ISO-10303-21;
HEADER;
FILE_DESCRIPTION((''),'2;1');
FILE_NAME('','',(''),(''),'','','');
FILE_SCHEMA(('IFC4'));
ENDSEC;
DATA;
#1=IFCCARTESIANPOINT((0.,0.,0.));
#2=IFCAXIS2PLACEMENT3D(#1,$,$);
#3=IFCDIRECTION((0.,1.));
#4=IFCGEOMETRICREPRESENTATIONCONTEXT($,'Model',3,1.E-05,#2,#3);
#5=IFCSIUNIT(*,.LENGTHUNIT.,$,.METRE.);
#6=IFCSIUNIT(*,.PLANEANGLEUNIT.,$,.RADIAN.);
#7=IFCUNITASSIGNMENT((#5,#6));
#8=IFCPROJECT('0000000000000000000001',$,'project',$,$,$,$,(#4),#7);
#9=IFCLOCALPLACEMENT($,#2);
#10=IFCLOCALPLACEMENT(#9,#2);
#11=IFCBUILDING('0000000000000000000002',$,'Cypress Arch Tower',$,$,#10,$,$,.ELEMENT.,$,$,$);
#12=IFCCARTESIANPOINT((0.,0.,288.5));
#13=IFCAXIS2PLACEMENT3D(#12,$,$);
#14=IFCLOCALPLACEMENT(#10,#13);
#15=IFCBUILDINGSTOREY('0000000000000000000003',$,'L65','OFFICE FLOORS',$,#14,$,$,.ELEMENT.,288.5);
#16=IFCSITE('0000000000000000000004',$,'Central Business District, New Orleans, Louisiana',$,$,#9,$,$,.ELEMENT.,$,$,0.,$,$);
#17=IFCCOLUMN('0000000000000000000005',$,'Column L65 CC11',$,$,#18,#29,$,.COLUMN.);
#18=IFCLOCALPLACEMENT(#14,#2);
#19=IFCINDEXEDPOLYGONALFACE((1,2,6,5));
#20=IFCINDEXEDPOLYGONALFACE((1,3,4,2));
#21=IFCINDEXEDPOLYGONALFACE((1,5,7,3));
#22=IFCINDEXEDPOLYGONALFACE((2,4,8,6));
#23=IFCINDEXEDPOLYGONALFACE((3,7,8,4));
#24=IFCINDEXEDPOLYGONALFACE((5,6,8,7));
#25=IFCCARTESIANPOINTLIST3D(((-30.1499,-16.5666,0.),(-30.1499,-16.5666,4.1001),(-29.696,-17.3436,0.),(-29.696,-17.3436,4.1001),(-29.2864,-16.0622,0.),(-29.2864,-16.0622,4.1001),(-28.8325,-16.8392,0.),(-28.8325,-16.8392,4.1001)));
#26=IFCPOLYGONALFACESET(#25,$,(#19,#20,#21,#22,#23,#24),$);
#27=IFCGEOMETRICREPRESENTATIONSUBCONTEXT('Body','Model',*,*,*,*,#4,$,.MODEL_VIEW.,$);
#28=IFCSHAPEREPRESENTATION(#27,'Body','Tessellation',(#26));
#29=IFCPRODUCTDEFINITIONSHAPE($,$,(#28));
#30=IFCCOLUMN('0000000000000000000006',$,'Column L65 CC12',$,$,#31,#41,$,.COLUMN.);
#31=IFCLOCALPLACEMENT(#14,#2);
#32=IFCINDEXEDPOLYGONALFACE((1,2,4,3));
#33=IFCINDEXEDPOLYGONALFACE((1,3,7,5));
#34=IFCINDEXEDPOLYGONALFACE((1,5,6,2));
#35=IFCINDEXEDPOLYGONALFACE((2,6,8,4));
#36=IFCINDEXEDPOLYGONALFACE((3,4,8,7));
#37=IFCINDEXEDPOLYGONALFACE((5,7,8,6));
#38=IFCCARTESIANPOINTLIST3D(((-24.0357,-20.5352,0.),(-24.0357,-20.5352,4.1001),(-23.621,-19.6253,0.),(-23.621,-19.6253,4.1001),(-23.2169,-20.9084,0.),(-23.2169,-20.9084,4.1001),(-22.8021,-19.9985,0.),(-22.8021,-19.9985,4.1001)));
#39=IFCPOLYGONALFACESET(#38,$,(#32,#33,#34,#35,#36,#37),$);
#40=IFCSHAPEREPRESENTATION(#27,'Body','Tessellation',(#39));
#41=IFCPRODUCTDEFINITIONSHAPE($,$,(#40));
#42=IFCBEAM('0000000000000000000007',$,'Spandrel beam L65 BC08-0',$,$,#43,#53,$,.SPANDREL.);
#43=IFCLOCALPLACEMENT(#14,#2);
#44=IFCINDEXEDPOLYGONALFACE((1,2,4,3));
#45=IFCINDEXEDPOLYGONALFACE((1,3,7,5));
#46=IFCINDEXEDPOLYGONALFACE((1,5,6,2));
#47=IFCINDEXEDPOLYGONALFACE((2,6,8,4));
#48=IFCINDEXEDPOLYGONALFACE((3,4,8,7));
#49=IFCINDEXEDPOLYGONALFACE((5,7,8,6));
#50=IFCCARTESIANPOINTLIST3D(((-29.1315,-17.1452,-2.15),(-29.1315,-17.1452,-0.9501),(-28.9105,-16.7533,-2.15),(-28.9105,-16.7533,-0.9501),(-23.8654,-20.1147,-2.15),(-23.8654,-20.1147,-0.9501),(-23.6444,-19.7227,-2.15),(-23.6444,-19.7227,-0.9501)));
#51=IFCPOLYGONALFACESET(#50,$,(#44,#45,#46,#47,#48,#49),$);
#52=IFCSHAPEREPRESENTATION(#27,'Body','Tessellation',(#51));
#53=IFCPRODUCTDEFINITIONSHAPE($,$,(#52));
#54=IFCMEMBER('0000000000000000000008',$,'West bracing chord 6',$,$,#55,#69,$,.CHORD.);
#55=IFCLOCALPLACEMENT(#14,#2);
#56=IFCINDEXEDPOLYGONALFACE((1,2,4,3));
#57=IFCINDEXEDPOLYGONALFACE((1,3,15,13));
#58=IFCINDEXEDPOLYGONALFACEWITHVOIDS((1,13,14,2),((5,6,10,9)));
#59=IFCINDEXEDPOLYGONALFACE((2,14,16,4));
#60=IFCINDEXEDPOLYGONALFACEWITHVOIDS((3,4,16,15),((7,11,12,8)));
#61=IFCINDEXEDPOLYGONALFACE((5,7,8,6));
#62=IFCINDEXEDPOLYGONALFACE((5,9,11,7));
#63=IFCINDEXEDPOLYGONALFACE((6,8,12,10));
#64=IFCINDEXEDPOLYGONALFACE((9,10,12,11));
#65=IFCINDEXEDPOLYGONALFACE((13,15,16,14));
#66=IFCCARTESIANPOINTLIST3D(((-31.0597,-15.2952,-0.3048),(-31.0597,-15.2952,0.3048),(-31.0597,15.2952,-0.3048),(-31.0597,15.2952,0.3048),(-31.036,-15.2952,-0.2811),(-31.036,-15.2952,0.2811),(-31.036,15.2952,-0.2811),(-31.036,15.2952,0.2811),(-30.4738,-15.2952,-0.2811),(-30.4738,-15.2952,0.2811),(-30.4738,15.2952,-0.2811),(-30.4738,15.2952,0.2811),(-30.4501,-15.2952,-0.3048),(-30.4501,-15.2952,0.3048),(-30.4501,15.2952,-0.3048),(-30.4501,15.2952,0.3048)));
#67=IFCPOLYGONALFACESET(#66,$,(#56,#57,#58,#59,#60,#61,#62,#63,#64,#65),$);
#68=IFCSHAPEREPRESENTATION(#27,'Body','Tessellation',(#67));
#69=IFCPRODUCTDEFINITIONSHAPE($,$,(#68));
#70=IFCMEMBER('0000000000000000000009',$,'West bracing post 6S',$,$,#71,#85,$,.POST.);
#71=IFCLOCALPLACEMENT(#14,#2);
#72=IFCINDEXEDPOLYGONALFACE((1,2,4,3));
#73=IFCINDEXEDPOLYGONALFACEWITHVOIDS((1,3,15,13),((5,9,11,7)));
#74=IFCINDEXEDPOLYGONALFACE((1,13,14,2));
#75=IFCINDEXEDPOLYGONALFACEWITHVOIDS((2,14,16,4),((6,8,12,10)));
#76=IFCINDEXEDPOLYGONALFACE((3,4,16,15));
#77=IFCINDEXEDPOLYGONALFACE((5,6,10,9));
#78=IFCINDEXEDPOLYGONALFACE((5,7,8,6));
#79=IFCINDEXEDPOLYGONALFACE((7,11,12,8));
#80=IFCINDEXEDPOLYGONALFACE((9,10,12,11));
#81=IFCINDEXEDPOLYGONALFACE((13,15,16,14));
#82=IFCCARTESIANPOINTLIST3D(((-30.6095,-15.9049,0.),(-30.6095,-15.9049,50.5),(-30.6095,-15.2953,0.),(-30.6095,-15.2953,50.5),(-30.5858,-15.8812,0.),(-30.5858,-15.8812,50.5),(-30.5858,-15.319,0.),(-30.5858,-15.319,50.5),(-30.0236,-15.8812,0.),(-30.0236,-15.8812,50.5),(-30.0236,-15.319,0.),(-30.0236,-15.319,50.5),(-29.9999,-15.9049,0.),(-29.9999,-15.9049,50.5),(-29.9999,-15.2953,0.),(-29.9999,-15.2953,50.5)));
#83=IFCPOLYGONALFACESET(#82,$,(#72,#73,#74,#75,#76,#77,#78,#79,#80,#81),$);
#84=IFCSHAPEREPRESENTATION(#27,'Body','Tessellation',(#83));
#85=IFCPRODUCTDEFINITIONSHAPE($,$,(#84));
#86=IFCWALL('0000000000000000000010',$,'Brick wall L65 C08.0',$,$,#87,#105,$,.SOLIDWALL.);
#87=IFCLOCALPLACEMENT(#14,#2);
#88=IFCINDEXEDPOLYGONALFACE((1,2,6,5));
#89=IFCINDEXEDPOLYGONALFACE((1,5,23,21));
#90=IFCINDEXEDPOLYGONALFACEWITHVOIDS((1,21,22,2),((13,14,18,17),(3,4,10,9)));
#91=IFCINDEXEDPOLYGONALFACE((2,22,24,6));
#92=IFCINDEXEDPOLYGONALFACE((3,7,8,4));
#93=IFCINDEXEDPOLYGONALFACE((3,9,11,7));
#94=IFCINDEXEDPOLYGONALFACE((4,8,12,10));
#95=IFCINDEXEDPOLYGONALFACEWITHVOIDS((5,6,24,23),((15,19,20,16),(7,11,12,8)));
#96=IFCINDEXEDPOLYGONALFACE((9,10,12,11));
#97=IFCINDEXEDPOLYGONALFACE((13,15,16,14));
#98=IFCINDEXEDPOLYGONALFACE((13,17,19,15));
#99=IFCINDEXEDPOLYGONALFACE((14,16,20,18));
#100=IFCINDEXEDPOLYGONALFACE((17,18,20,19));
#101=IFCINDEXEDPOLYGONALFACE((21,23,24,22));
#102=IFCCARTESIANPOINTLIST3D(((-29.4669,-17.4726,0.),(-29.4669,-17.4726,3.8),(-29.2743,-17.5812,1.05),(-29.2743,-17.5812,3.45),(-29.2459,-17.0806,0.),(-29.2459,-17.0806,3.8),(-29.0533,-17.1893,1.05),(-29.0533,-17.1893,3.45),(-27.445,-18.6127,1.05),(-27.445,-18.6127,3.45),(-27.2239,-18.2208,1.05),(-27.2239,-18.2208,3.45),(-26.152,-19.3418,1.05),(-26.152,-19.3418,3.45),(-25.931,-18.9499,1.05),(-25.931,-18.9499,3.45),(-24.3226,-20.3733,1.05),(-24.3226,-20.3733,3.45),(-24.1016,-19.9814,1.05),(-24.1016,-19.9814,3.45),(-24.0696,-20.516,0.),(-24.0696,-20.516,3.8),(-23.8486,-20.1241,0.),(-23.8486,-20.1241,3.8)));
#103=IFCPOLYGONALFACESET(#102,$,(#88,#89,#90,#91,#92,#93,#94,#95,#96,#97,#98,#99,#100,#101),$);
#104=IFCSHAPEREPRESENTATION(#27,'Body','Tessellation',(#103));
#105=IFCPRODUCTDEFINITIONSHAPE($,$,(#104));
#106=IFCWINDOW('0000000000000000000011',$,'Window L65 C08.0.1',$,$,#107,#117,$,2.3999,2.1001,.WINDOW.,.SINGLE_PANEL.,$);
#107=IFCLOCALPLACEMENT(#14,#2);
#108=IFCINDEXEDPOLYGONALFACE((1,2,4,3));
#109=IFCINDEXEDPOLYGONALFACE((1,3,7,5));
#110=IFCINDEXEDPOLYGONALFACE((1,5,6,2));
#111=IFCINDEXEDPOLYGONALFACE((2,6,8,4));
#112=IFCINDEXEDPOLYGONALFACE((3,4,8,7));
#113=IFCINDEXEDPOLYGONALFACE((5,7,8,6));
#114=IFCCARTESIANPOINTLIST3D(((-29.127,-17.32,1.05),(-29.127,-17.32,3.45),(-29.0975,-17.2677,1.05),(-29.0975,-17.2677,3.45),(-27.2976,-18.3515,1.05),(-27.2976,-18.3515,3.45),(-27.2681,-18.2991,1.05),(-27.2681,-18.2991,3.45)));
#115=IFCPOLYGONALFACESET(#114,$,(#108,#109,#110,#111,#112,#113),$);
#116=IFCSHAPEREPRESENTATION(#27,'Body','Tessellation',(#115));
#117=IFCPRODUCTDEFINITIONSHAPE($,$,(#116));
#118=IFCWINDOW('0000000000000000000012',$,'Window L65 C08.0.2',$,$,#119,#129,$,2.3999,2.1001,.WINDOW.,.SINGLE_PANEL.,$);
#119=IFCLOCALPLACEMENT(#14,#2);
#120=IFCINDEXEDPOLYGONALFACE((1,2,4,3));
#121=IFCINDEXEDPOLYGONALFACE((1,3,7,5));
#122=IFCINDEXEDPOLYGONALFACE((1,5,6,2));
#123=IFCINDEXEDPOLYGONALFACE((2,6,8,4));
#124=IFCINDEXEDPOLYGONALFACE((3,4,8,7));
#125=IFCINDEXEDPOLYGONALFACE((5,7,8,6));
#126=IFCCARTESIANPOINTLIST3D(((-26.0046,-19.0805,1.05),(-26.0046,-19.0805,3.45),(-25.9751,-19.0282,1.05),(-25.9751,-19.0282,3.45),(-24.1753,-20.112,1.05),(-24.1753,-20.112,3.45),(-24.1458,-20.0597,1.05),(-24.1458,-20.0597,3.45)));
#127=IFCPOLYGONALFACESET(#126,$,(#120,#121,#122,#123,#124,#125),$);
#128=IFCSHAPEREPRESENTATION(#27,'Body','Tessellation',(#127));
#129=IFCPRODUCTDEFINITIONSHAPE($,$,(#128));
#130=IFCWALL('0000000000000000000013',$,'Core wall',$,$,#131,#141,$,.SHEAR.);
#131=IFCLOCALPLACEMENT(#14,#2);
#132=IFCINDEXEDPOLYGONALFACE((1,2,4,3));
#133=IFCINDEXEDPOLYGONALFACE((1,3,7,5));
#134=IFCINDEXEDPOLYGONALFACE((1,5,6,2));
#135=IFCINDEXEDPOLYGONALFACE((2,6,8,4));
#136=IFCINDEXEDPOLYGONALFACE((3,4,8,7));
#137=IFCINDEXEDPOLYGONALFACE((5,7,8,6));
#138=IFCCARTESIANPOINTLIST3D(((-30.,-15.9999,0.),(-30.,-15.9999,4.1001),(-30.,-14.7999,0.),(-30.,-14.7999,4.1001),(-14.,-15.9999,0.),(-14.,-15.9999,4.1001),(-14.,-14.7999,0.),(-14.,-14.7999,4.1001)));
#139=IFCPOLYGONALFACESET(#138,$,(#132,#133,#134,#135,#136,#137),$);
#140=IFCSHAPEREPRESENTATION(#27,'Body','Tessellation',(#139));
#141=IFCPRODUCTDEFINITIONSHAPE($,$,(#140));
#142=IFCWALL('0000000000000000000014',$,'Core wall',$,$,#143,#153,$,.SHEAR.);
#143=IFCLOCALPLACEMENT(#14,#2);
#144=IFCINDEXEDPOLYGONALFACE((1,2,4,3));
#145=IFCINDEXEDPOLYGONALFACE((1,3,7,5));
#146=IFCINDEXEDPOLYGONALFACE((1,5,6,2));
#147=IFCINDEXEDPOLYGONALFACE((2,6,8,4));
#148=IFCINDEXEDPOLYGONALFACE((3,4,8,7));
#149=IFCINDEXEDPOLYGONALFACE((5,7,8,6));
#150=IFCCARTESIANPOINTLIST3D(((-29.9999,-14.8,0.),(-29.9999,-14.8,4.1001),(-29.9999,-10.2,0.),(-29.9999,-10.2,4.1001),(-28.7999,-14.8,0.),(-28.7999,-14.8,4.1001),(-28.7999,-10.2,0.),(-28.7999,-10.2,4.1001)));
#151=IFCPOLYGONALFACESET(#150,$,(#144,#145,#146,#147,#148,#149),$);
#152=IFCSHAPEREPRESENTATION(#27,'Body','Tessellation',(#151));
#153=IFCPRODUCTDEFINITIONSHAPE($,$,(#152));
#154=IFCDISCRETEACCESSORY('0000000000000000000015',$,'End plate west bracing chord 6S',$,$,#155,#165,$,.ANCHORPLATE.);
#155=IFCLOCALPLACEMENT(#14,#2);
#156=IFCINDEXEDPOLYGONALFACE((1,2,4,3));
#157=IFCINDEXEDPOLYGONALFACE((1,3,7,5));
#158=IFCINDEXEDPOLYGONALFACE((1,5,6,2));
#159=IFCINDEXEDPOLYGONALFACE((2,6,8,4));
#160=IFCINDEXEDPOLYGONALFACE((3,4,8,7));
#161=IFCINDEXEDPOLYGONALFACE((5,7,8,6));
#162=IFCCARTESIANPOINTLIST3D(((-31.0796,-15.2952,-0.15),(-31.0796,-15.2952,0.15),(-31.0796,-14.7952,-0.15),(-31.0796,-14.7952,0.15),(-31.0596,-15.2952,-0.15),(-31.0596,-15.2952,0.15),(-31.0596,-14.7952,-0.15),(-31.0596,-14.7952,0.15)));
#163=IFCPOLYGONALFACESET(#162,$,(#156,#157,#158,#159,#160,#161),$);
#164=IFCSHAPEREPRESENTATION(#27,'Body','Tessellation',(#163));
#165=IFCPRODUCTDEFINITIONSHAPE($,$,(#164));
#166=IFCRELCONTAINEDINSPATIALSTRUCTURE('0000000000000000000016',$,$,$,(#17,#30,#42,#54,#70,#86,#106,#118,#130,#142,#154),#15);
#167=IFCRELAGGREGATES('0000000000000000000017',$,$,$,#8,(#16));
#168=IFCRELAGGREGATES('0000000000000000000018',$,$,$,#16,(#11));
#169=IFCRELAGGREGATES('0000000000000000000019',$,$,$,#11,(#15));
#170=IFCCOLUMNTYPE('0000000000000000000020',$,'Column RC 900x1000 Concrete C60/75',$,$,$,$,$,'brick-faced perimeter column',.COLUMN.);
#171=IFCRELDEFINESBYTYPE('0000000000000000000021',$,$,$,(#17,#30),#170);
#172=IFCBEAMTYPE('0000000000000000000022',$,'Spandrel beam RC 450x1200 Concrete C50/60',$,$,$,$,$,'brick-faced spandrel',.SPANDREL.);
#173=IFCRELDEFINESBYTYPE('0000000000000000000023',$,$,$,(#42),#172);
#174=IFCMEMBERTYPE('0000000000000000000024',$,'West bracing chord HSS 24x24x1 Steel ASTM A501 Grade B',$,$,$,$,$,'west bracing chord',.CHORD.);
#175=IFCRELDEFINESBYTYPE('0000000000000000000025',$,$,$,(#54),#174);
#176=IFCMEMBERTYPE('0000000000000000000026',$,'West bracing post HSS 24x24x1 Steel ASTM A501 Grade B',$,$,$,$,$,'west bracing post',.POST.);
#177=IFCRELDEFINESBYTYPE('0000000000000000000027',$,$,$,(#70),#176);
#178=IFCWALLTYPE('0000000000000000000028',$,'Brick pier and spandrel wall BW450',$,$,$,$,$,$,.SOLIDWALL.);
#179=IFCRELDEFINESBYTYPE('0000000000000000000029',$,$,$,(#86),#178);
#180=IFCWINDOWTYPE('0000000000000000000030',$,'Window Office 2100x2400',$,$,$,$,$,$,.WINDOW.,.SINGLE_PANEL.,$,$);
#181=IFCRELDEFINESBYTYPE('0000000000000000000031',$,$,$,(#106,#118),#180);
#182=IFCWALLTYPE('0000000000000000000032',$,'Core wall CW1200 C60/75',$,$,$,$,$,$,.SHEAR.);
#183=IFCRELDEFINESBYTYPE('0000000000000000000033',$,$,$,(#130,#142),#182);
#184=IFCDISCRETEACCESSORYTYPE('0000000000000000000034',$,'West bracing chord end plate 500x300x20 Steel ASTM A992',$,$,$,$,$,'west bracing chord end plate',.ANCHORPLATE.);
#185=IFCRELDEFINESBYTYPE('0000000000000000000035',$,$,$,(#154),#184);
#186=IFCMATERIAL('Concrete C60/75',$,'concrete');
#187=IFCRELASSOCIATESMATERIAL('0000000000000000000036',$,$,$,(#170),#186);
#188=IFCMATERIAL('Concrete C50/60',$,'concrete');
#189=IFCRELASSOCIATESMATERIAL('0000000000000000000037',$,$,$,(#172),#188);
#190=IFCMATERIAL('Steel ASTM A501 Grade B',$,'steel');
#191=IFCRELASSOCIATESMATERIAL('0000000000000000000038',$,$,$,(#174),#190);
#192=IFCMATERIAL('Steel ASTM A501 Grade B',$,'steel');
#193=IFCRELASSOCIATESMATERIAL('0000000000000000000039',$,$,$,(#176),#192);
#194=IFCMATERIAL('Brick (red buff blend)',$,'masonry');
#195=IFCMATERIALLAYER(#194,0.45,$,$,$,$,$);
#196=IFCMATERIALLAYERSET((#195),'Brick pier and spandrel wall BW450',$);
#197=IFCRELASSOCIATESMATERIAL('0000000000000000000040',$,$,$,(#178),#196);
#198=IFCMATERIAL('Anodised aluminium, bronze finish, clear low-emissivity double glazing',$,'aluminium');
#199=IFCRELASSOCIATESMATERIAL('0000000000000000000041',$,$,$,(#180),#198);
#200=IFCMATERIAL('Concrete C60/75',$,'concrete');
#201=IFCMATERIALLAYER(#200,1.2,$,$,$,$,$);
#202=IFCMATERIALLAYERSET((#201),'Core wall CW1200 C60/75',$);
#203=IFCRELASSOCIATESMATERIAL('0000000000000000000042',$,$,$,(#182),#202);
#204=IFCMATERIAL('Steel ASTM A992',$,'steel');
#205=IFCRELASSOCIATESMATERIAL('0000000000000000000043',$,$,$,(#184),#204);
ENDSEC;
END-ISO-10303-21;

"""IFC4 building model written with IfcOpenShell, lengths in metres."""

from ifc_helpers import new_model, si_unit, direction, frame, frame_2d, origin, origin_2d, place, context, subcontext, project, spatial, rectangle, hollow_rectangle, extrude, material, layer, layer_set, material_profile, profile_set, type_object, element, fill, save


model = new_model("IFC4")

# Units and contexts
model_context = context("Model", 3, precision=1e-05, world=origin(), true_north=direction((0.0, 1.0)))
body_context = subcontext(model_context, "Body", "Model", "MODEL_VIEW")
ifc_project = project(units=[si_unit("LENGTHUNIT", "METRE"), si_unit("PLANEANGLEUNIT", "RADIAN")], contexts=[model_context])

# Site, building, storey
site_placement = place(None, origin())
site = spatial("IfcSite", under=ifc_project, at=site_placement, Name="Central Business District, New Orleans, Louisiana", CompositionType="ELEMENT", RefElevation=0.0)
building_placement = place(site_placement, origin())
building = spatial("IfcBuilding", under=site, at=building_placement, Name="Cypress Arch Tower", CompositionType="ELEMENT")
storey_placement = place(building_placement, frame((0.0, 0.0, 288.5)))
storey = spatial("IfcBuildingStorey", under=building, at=storey_placement, Name="L65", Description="OFFICE FLOORS", CompositionType="ELEMENT", Elevation=288.5)

# Columns
ifc_material_1 = material(Name="Concrete C60/75", Category="concrete")
ifc_material_profile_1 = material_profile(ifc_material_1, rectangle(XDim=0.8999, YDim=1.0, at=origin_2d()), Name="RC 900x1000")
ifc_profile_set_1 = profile_set([ifc_material_profile_1], Name="Concrete C60/75")
column_type = type_object("IfcColumnType", Name="Column RC 900x1000 Concrete C60/75", ElementType="brick-faced perimeter column", PredefinedType="COLUMN", material=ifc_profile_set_1)
for number, where, z_axis, x_axis, name in (
    (1, (-29.4912, -16.7029, 0.0), (0.0, 0.0, 1.0), (0.504399, -0.863471, 0.0), "Column L65 CC11"),
    (2, (-23.4189, -20.2668, 0.0), (0.0, 0.0, 1.0), (0.909932, -0.414757, 0.0), "Column L65 CC12"),
):
    element("IfcColumn", number, at=place(storey_placement, frame(where, z_axis=z_axis, x_axis=x_axis)), inside=storey, type_object=column_type, Name=name, PredefinedType="COLUMN", context=body_context, shape_type="SweptSolid", body=[
        extrude(rectangle(XDim=0.8999, YDim=1.0, at=origin_2d()), origin(), (0.0, 0.0, 1.0), 4.1001),
    ])

# Beam
ifc_material_2 = material(Name="Concrete C50/60", Category="concrete")
ifc_material_profile_2 = material_profile(ifc_material_2, rectangle(XDim=0.45, YDim=1.2, at=origin_2d()), Name="RC 450x1200")
ifc_profile_set_2 = profile_set([ifc_material_profile_2], Name="Concrete C50/60")
beam_type = type_object("IfcBeamType", Name="Spandrel beam RC 450x1200 Concrete C50/60", ElementType="brick-faced spandrel", PredefinedType="SPANDREL", material=ifc_profile_set_2)
beam_placement = place(storey_placement, frame((-29.021, -16.9492, -1.55), z_axis=(0.87106, -0.491177, 0.0), x_axis=(0.491177, 0.87106, 0.0)))
element("IfcBeam", 3, at=beam_placement, inside=storey, type_object=beam_type, Name="Spandrel beam L65 BC08-0", PredefinedType="SPANDREL", context=body_context, shape_type="SweptSolid", body=[
    extrude(rectangle(XDim=0.45, YDim=1.2, at=origin_2d()), origin(), (0.0, 0.0, 1.0), 6.0457),
])

# Members
ifc_material_3 = material(Name="Steel ASTM A501 Grade B", Category="steel")
ifc_material_profile_3 = material_profile(ifc_material_3, hollow_rectangle(XDim=0.6096, YDim=0.6096, WallThickness=0.0237, at=origin_2d()), Name="HSS 24x24x1")
ifc_profile_set_3 = profile_set([ifc_material_profile_3], Name="Steel ASTM A501 Grade B")
member_type_1 = type_object("IfcMemberType", Name="West bracing chord HSS 24x24x1 Steel ASTM A501 Grade B", ElementType="west bracing chord", PredefinedType="CHORD", material=ifc_profile_set_3)
member_1_placement = place(storey_placement, frame((-30.7549, -15.2952, 0.0), z_axis=(0.0, 1.0, 0.0), x_axis=(-1.0, 0.0, 0.0)))
element("IfcMember", 4, at=member_1_placement, inside=storey, type_object=member_type_1, Name="West bracing chord 6", PredefinedType="CHORD", context=body_context, shape_type="SweptSolid", body=[
    extrude(hollow_rectangle(XDim=0.6096, YDim=0.6096, WallThickness=0.0237, at=origin_2d()), origin(), (0.0, 0.0, 1.0), 30.5903),
])
ifc_material_4 = material(Name="Steel ASTM A501 Grade B", Category="steel")
ifc_material_profile_4 = material_profile(ifc_material_4, hollow_rectangle(XDim=0.6096, YDim=0.6096, WallThickness=0.0237, at=origin_2d()), Name="HSS 24x24x1")
ifc_profile_set_4 = profile_set([ifc_material_profile_4], Name="Steel ASTM A501 Grade B")
member_type_2 = type_object("IfcMemberType", Name="West bracing post HSS 24x24x1 Steel ASTM A501 Grade B", ElementType="west bracing post", PredefinedType="POST", material=ifc_profile_set_4)
member_2_placement = place(storey_placement, frame((-30.3047, -15.6001, 0.0), z_axis=(0.0, 0.0, 1.0), x_axis=(1.0, 0.0, 0.0)))
element("IfcMember", 5, at=member_2_placement, inside=storey, type_object=member_type_2, Name="West bracing post 6S", PredefinedType="POST", context=body_context, shape_type="SweptSolid", body=[
    extrude(hollow_rectangle(XDim=0.6096, YDim=0.6096, WallThickness=0.0237, at=origin_2d()), origin(), (0.0, 0.0, 1.0), 50.5),
])

# Wall, openings, windows
ifc_material_5 = material(Name="Brick (red buff blend)", Category="masonry")
ifc_layer_1 = layer(ifc_material_5, 0.45)
ifc_layer_set_1 = layer_set([ifc_layer_1], Name="Brick pier and spandrel wall BW450")
wall_type_1 = type_object("IfcWallType", Name="Brick pier and spandrel wall BW450", PredefinedType="SOLIDWALL", material=ifc_layer_set_1)
wall_1_placement = place(storey_placement, frame((-29.3564, -17.2766, 0.0), z_axis=(0.0, 0.0, 1.0), x_axis=(0.871066, -0.491166, 0.0)))
wall_1 = element("IfcWall", 6, at=wall_1_placement, inside=storey, type_object=wall_type_1, Name="Brick wall L65 C08.0", PredefinedType="SOLIDWALL", context=body_context, shape_type="SweptSolid", body=[
    extrude(rectangle(XDim=6.1963, YDim=0.45, at=frame_2d((3.0981, 0.0))), origin(), (0.0, 0.0, 1.0), 3.8),
])
opening_1_placement = place(wall_1_placement, frame((0.2212, 0.0, 1.05)))
opening_1 = element("IfcOpeningElement", 7, at=opening_1_placement, cuts=wall_1, PredefinedType="OPENING", context=body_context, shape_type="SweptSolid", body=[
    extrude(rectangle(XDim=2.1001, YDim=2.3999, at=frame_2d((1.05, 1.2))), frame((0.0, 0.2349, 0.0), z_axis=(0.0, -1.0, 0.0), x_axis=(1.0, 0.0, 0.0)), (0.0, 0.0, 1.0), 0.47),
])
opening_2_placement = place(wall_1_placement, frame((3.8057, 0.0, 1.05)))
opening_2 = element("IfcOpeningElement", 8, at=opening_2_placement, cuts=wall_1, PredefinedType="OPENING", context=body_context, shape_type="SweptSolid", body=[
    extrude(rectangle(XDim=2.1001, YDim=2.3999, at=frame_2d((1.05, 1.2))), frame((0.0, 0.2349, 0.0), z_axis=(0.0, -1.0, 0.0), x_axis=(1.0, 0.0, 0.0)), (0.0, 0.0, 1.0), 0.47),
])
ifc_material_6 = material(Name="Anodised aluminium, bronze finish, clear low-emissivity double glazing", Category="aluminium")
window_type = type_object("IfcWindowType", Name="Window Office 2100x2400", PartitioningType="SINGLE_PANEL", PredefinedType="WINDOW", material=ifc_material_6)
window_1_placement = place(opening_1_placement, origin())
window_1 = element("IfcWindow", 9, at=window_1_placement, inside=storey, type_object=window_type, Name="Window L65 C08.0.1", OverallHeight=2.3999, OverallWidth=2.1001, PartitioningType="SINGLE_PANEL", PredefinedType="WINDOW", context=body_context, shape_type="SweptSolid", body=[
    extrude(rectangle(XDim=2.1001, YDim=2.3999, at=frame_2d((1.05, 1.2))), frame((0.0, 0.135, 0.0), z_axis=(0.0, -1.0, 0.0), x_axis=(1.0, 0.0, 0.0)), (0.0, 0.0, 1.0), 0.0601),
])
fill(opening_1, window_1)
window_2_placement = place(opening_2_placement, origin())
window_2 = element("IfcWindow", 10, at=window_2_placement, inside=storey, type_object=window_type, Name="Window L65 C08.0.2", OverallHeight=2.3999, OverallWidth=2.1001, PartitioningType="SINGLE_PANEL", PredefinedType="WINDOW", context=body_context, shape_type="SweptSolid", body=[
    extrude(rectangle(XDim=2.1001, YDim=2.3999, at=frame_2d((1.05, 1.2))), frame((0.0, 0.135, 0.0), z_axis=(0.0, -1.0, 0.0), x_axis=(1.0, 0.0, 0.0)), (0.0, 0.0, 1.0), 0.0601),
])
fill(opening_2, window_2)

# Walls
ifc_material_7 = material(Name="Concrete C60/75", Category="concrete")
ifc_layer_2 = layer(ifc_material_7, 1.2)
ifc_layer_set_2 = layer_set([ifc_layer_2], Name="Core wall CW1200 C60/75")
wall_type_2 = type_object("IfcWallType", Name="Core wall CW1200 C60/75", PredefinedType="SHEAR", material=ifc_layer_set_2)
wall_2_placement = place(storey_placement, frame((-30.0, -15.3999, 0.0), z_axis=(0.0, 0.0, 1.0), x_axis=(1.0, 0.0, 0.0)))
element("IfcWall", 11, at=wall_2_placement, inside=storey, type_object=wall_type_2, Name="Core wall", PredefinedType="SHEAR", context=body_context, shape_type="SweptSolid", body=[
    extrude(rectangle(XDim=16.0, YDim=1.2, at=frame_2d((8.0, 0.0))), origin(), (0.0, 0.0, 1.0), 4.1001),
])
wall_3_placement = place(storey_placement, frame((-29.3999, -14.8, 0.0), z_axis=(0.0, 0.0, 1.0), x_axis=(0.0, 1.0, 0.0)))
element("IfcWall", 12, at=wall_3_placement, inside=storey, type_object=wall_type_2, Name="Core wall", PredefinedType="SHEAR", context=body_context, shape_type="SweptSolid", body=[
    extrude(rectangle(XDim=4.6001, YDim=1.2, at=frame_2d((2.3, 0.0))), origin(), (0.0, 0.0, 1.0), 4.1001),
])

# Discrete accessory
ifc_material_8 = material(Name="Steel ASTM A992", Category="steel")
ifc_material_profile_5 = material_profile(ifc_material_8, rectangle(XDim=0.5, YDim=0.3, at=origin_2d()), Name="PL 20 500x300")
ifc_profile_set_5 = profile_set([ifc_material_profile_5], Name="Steel ASTM A992")
discrete_accessory_type = type_object("IfcDiscreteAccessoryType", Name="West bracing chord end plate 500x300x20 Steel ASTM A992", ElementType="west bracing chord end plate", PredefinedType="ANCHORPLATE", material=ifc_profile_set_5)
discrete_accessory_placement = place(storey_placement, frame((-31.0596, -15.0452, 0.0), z_axis=(-1.0, 0.0, 0.0), x_axis=(0.0, -1.0, 0.0)))
element("IfcDiscreteAccessory", 13, at=discrete_accessory_placement, inside=storey, type_object=discrete_accessory_type, Name="End plate west bracing chord 6S", PredefinedType="ANCHORPLATE", context=body_context, shape_type="SweptSolid", body=[
    extrude(rectangle(XDim=0.5, YDim=0.3, at=origin_2d()), origin(), (0.0, 0.0, 1.0), 0.02),
])

save(model, "model.ifc")
